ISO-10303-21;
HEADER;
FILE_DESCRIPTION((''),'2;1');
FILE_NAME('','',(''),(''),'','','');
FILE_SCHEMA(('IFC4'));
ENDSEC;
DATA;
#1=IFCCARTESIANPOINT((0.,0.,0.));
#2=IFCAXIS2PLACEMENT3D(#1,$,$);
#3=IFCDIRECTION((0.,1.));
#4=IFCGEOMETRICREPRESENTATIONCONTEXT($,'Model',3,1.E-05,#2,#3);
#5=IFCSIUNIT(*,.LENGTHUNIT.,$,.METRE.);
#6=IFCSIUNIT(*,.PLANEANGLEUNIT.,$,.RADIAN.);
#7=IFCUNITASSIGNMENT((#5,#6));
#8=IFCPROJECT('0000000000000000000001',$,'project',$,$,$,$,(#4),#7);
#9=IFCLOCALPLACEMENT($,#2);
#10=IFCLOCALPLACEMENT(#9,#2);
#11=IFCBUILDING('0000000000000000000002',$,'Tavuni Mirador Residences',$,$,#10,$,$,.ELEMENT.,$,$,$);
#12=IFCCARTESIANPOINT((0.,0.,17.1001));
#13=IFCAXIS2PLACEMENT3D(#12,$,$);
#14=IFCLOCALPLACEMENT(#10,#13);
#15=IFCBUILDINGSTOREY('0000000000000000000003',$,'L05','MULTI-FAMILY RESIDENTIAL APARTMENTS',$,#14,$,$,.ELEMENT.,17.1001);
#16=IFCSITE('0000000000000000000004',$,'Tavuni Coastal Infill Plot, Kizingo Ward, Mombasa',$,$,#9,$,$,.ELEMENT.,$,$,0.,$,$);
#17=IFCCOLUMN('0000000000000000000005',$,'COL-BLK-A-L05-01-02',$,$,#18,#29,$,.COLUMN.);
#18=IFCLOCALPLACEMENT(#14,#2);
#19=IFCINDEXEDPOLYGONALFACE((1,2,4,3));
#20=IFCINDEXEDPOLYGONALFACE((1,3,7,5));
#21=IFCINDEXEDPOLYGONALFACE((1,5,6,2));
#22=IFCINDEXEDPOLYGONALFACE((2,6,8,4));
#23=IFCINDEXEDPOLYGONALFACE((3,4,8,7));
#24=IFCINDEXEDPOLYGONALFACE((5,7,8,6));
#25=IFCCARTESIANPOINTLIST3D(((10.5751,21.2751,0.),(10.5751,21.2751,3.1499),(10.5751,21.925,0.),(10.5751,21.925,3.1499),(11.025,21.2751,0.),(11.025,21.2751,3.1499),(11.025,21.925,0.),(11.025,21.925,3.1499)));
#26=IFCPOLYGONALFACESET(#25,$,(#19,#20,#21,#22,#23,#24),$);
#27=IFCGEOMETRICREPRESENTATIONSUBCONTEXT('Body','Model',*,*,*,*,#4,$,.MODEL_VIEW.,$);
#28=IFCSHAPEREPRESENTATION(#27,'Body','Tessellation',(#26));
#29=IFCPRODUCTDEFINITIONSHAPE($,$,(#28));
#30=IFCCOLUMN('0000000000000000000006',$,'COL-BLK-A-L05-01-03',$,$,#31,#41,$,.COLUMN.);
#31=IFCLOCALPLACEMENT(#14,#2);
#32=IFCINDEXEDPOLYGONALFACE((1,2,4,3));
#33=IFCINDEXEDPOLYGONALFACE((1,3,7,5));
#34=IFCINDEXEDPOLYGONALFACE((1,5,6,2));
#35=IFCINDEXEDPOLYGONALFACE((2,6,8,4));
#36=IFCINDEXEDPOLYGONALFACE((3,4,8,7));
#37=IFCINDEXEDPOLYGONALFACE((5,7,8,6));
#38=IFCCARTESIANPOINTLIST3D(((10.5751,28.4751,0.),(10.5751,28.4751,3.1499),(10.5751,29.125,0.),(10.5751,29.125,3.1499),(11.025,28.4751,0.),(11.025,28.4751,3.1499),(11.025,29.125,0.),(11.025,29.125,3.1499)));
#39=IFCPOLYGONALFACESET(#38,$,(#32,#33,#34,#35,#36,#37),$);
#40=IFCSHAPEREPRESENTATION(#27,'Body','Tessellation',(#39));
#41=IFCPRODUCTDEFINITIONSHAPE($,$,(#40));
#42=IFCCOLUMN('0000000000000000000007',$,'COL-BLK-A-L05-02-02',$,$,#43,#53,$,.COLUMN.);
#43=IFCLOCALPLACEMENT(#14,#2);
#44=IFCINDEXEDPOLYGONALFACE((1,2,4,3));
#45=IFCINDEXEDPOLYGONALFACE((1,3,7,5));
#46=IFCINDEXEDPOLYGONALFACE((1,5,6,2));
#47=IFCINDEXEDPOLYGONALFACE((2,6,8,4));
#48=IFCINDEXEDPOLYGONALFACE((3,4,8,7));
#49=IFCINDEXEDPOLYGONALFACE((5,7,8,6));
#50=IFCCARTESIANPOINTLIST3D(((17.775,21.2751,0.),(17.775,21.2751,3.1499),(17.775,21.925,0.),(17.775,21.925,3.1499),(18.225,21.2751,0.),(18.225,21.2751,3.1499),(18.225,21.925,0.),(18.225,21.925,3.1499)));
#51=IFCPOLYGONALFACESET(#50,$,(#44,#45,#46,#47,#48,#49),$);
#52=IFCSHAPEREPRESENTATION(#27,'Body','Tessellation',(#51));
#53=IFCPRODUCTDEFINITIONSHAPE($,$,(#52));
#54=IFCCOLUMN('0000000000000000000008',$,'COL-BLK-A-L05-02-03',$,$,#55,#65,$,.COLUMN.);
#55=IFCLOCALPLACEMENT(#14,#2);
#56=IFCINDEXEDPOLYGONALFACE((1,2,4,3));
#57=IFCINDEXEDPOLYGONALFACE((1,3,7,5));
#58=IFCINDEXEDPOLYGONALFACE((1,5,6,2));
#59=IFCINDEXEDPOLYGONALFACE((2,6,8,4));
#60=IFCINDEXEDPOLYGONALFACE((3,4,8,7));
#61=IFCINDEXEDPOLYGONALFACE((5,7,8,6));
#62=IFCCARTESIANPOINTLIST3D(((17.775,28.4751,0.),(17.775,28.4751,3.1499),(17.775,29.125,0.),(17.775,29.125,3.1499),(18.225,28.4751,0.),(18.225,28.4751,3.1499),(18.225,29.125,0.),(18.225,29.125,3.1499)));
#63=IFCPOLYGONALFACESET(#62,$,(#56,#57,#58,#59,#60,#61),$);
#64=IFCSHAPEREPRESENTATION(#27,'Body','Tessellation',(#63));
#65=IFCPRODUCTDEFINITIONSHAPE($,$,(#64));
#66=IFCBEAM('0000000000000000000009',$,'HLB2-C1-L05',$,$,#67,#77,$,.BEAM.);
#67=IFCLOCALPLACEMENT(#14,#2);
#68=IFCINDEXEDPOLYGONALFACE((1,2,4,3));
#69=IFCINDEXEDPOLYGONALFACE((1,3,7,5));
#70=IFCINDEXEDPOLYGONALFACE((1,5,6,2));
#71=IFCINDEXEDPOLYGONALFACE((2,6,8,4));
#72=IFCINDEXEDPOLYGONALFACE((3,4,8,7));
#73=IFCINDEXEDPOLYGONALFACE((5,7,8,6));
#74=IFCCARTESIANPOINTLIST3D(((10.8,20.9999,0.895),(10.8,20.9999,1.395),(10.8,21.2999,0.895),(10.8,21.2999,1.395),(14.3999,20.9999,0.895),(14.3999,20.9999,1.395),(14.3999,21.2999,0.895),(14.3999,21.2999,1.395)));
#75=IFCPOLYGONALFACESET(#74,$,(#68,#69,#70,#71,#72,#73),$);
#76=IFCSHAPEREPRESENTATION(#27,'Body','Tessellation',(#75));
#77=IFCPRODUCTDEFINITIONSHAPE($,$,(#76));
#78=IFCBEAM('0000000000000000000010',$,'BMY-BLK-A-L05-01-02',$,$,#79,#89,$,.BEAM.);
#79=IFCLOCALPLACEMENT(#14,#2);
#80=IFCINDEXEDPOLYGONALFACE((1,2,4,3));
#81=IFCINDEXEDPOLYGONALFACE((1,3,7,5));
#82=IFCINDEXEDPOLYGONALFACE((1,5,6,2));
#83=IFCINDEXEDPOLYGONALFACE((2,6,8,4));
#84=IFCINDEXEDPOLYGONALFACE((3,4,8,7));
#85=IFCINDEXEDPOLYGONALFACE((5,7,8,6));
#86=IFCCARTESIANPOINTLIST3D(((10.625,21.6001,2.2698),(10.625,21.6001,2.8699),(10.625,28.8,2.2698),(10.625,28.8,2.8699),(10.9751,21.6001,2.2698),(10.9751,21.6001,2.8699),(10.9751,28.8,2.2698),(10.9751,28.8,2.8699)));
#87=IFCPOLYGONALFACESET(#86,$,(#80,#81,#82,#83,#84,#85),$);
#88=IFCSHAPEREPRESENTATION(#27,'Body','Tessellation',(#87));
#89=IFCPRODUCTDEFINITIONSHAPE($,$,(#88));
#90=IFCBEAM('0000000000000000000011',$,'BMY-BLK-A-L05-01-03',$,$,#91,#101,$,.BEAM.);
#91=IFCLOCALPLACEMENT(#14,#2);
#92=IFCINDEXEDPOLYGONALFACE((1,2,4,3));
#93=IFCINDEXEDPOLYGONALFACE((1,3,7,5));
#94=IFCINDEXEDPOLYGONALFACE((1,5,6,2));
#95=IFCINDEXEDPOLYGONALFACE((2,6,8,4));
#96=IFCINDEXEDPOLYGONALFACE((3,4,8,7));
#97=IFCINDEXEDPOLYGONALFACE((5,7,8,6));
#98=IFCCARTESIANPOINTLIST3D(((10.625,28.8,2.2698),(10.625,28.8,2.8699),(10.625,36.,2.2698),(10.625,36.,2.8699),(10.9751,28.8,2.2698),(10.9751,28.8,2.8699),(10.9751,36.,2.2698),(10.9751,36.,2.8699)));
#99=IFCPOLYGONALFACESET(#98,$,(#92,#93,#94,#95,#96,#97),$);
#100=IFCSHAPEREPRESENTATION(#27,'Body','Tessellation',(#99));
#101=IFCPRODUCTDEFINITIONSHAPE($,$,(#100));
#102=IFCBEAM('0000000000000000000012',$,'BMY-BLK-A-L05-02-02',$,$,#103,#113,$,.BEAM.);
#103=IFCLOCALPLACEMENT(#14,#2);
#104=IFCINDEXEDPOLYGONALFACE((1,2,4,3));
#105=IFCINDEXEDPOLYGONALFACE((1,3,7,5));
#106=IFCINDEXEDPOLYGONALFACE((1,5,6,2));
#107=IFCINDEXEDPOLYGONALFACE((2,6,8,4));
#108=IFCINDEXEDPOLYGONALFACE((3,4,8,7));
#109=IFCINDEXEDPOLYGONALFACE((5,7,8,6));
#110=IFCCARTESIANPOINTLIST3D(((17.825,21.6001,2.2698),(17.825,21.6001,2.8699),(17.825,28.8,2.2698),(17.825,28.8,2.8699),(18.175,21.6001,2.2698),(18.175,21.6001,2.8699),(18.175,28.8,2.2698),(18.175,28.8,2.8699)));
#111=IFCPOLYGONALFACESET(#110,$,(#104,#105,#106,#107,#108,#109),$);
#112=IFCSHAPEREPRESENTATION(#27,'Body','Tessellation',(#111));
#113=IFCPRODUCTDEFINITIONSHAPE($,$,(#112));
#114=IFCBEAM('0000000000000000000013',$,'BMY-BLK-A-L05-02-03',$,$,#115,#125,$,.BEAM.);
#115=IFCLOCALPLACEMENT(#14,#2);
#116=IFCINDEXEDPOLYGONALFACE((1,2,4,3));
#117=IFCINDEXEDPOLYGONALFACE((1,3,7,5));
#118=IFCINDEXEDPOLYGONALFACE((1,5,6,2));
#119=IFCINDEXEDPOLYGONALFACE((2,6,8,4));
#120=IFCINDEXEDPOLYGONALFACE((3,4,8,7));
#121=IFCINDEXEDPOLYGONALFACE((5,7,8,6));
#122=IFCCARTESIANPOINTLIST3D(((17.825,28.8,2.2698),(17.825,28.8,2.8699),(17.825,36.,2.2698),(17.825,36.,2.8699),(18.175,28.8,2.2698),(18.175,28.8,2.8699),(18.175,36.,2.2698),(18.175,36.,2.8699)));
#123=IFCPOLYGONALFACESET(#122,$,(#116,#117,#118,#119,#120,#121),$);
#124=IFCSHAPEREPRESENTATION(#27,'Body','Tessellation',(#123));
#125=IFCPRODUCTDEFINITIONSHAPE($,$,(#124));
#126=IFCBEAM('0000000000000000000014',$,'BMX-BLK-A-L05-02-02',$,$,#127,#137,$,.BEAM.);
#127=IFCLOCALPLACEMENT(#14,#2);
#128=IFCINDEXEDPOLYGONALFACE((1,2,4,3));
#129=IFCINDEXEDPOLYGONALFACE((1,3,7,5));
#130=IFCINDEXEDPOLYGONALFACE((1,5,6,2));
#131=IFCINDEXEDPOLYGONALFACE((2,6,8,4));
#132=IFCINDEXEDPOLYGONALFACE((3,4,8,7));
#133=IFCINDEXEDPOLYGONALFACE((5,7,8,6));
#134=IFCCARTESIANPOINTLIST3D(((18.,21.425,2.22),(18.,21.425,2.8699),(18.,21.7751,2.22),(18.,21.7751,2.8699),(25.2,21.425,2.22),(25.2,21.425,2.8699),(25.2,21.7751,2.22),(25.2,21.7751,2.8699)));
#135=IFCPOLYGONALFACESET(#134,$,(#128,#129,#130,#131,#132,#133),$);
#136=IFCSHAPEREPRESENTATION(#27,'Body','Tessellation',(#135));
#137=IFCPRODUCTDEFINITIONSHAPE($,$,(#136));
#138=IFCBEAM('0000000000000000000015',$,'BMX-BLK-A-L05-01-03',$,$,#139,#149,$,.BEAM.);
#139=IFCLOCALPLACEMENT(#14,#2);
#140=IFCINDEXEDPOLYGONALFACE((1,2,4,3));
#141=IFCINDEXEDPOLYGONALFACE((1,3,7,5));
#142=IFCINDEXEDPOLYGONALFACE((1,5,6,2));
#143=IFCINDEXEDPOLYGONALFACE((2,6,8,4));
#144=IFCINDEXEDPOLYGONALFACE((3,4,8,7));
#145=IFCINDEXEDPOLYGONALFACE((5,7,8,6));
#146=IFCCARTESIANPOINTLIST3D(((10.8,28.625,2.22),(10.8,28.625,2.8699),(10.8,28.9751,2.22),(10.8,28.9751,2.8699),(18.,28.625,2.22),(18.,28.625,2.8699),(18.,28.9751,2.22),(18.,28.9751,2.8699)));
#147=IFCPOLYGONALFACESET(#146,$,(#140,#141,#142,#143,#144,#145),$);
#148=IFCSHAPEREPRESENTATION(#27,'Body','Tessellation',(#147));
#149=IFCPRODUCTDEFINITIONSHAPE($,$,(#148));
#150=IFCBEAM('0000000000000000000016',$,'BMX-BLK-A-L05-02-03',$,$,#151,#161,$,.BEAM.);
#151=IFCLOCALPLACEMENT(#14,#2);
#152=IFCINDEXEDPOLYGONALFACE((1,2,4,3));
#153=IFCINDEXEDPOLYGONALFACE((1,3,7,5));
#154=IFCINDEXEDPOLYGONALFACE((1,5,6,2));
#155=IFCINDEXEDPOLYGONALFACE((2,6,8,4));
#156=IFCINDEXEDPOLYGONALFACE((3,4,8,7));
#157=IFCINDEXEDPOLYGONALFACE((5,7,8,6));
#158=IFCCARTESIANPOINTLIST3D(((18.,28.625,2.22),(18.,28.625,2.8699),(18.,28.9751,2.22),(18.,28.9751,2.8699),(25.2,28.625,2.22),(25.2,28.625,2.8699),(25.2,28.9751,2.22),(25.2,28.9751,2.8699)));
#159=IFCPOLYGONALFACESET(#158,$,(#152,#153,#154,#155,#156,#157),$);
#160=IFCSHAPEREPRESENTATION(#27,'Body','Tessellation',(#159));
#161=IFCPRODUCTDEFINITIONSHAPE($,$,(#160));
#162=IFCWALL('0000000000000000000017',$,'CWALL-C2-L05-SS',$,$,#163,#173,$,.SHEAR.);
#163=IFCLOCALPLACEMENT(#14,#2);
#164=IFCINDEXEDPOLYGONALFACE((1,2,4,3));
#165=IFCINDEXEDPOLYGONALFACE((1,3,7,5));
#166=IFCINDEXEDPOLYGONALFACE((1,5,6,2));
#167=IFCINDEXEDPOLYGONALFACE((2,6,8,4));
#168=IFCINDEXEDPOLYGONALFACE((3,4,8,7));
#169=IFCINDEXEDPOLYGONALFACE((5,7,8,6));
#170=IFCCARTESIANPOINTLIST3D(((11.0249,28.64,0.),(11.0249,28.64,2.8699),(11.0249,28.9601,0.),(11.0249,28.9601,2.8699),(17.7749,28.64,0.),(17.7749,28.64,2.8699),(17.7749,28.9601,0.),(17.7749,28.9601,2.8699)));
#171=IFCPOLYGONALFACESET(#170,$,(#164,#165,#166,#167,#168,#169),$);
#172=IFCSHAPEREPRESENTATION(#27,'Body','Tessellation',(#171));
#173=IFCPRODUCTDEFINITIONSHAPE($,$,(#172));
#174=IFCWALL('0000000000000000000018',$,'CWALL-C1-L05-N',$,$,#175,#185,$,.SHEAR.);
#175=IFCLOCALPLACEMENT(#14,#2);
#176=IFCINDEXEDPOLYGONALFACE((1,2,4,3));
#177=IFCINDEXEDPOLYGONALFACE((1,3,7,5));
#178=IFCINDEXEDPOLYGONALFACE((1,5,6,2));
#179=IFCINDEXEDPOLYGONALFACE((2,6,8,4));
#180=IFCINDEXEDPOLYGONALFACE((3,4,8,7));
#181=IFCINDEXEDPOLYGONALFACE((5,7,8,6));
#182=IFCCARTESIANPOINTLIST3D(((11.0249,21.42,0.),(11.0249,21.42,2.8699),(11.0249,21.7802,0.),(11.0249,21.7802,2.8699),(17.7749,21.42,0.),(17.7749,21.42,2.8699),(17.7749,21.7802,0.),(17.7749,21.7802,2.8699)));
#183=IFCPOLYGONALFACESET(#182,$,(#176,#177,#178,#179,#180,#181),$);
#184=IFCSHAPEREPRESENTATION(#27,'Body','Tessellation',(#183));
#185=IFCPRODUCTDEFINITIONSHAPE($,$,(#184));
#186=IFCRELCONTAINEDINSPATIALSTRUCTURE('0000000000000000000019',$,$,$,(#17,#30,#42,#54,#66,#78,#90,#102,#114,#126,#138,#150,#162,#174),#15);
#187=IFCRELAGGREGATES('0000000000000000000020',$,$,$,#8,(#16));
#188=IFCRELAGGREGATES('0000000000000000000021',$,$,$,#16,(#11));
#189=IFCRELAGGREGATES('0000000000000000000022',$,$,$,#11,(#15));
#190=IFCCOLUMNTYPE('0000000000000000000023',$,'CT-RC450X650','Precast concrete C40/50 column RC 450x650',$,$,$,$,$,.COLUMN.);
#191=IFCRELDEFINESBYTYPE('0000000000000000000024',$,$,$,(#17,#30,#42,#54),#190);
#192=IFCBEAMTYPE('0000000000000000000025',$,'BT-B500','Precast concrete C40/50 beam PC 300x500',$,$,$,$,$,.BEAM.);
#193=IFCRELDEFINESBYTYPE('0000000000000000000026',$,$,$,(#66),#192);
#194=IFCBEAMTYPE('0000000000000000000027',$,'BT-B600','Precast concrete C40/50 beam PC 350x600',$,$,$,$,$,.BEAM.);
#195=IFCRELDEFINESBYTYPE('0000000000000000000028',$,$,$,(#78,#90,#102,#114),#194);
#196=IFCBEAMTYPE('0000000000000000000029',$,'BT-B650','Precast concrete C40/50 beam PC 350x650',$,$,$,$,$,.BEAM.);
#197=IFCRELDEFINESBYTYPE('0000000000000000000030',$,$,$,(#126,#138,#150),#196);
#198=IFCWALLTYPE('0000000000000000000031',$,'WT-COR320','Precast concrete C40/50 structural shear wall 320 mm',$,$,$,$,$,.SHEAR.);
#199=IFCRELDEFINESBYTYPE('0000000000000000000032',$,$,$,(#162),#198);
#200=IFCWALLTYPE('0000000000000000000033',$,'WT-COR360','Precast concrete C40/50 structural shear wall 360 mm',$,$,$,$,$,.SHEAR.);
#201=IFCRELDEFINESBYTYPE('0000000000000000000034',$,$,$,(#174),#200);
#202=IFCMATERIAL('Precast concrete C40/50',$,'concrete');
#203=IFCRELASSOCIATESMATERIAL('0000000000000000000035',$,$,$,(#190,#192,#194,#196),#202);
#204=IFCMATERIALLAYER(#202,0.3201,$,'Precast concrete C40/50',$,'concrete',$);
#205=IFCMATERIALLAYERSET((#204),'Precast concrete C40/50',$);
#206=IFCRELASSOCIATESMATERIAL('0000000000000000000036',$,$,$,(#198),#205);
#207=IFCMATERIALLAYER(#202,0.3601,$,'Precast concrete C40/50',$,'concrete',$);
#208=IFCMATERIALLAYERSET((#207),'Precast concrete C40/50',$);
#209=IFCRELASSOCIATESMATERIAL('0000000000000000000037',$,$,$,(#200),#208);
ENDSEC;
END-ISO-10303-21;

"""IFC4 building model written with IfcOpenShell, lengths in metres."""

from ifc_helpers import new_model, si_unit, direction, frame, frame_2d, origin, origin_2d, place, context, subcontext, project, spatial, rectangle, extrude, material, layer, layer_set, material_profile, profile_set, type_object, element, save


model = new_model("IFC4")

# Units and contexts
model_context = context("Model", 3, precision=1e-05, world=origin(), true_north=direction((0.0, 1.0)))
body_context = subcontext(model_context, "Body", "Model", "MODEL_VIEW")
ifc_project = project(units=[si_unit("LENGTHUNIT", "METRE"), si_unit("PLANEANGLEUNIT", "RADIAN")], contexts=[model_context])

# Site, building, storey
site_placement = place(None, origin())
site = spatial("IfcSite", under=ifc_project, at=site_placement, Name="Tavuni Coastal Infill Plot, Kizingo Ward, Mombasa", CompositionType="ELEMENT", RefElevation=0.0)
building_placement = place(site_placement, origin())
building = spatial("IfcBuilding", under=site, at=building_placement, Name="Tavuni Mirador Residences", CompositionType="ELEMENT")
storey_placement = place(building_placement, frame((0.0, 0.0, 17.1001)))
storey = spatial("IfcBuildingStorey", under=building, at=storey_placement, Name="L05", Description="MULTI-FAMILY RESIDENTIAL APARTMENTS", CompositionType="ELEMENT", Elevation=17.1001)

# Columns
ifc_material_1 = material(Name="Precast concrete C40/50", Category="concrete")
ifc_material_profile_1 = material_profile(ifc_material_1, rectangle(XDim=0.45, YDim=0.6499, at=origin_2d()), Name="RC 450x650", Category="concrete")
ifc_profile_set_1 = profile_set([ifc_material_profile_1], Name="Precast concrete C40/50")
column_type = type_object("IfcColumnType", Name="CT-RC450X650", Description="Precast concrete C40/50 column RC 450x650", PredefinedType="COLUMN", material=ifc_profile_set_1)
for number, where, z_axis, x_axis, name in (
    (1, (10.8, 21.6001, 0.0), (0.0, 0.0, 1.0), (1.0, 0.0, 0.0), "COL-BLK-A-L05-01-02"),
    (2, (10.8, 28.8, 0.0), (0.0, 0.0, 1.0), (1.0, 0.0, 0.0), "COL-BLK-A-L05-01-03"),
    (3, (18.0, 21.6001, 0.0), (0.0, 0.0, 1.0), (1.0, 0.0, 0.0), "COL-BLK-A-L05-02-02"),
    (4, (18.0, 28.8, 0.0), (0.0, 0.0, 1.0), (1.0, 0.0, 0.0), "COL-BLK-A-L05-02-03"),
):
    element("IfcColumn", number, at=place(storey_placement, frame(where, z_axis=z_axis, x_axis=x_axis)), inside=storey, type_object=column_type, Name=name, PredefinedType="COLUMN", context=body_context, shape_type="SweptSolid", body=[
        extrude(rectangle(XDim=0.45, YDim=0.6499, at=origin_2d()), origin(), (0.0, 0.0, 1.0), 3.1499),
    ])

# Beams
ifc_material_profile_2 = material_profile(ifc_material_1, rectangle(XDim=0.3, YDim=0.5, at=origin_2d()), Name="PC 300x500", Category="concrete")
ifc_profile_set_2 = profile_set([ifc_material_profile_2], Name="Precast concrete C40/50")
beam_type_1 = type_object("IfcBeamType", Name="BT-B500", Description="Precast concrete C40/50 beam PC 300x500", PredefinedType="BEAM", material=ifc_profile_set_2)
beam_placement = place(storey_placement, frame((10.8, 21.1499, 1.145), z_axis=(1.0, 0.0, 0.0), x_axis=(0.0, 1.0, 0.0)))
element("IfcBeam", 5, at=beam_placement, inside=storey, type_object=beam_type_1, Name="HLB2-C1-L05", PredefinedType="BEAM", context=body_context, shape_type="SweptSolid", body=[
    extrude(rectangle(XDim=0.3, YDim=0.5, at=origin_2d()), origin(), (0.0, 0.0, 1.0), 3.5999),
])
ifc_material_profile_3 = material_profile(ifc_material_1, rectangle(XDim=0.3501, YDim=0.6001, at=origin_2d()), Name="PC 350x600", Category="concrete")
ifc_profile_set_3 = profile_set([ifc_material_profile_3], Name="Precast concrete C40/50")
beam_type_2 = type_object("IfcBeamType", Name="BT-B600", Description="Precast concrete C40/50 beam PC 350x600", PredefinedType="BEAM", material=ifc_profile_set_3)
for number, where, z_axis, x_axis, name in (
    (6, (10.8, 21.6001, 2.5698), (0.0, 1.0, 0.0), (-1.0, 0.0, 0.0), "BMY-BLK-A-L05-01-02"),
    (7, (10.8, 28.8, 2.5698), (0.0, 1.0, 0.0), (-1.0, 0.0, 0.0), "BMY-BLK-A-L05-01-03"),
    (8, (18.0, 21.6001, 2.5698), (0.0, 1.0, 0.0), (-1.0, 0.0, 0.0), "BMY-BLK-A-L05-02-02"),
    (9, (18.0, 28.8, 2.5698), (0.0, 1.0, 0.0), (-1.0, 0.0, 0.0), "BMY-BLK-A-L05-02-03"),
):
    element("IfcBeam", number, at=place(storey_placement, frame(where, z_axis=z_axis, x_axis=x_axis)), inside=storey, type_object=beam_type_2, Name=name, PredefinedType="BEAM", context=body_context, shape_type="SweptSolid", body=[
        extrude(rectangle(XDim=0.3501, YDim=0.6001, at=origin_2d()), origin(), (0.0, 0.0, 1.0), 7.2),
    ])
ifc_material_profile_4 = material_profile(ifc_material_1, rectangle(XDim=0.3501, YDim=0.6499, at=origin_2d()), Name="PC 350x650", Category="concrete")
ifc_profile_set_4 = profile_set([ifc_material_profile_4], Name="Precast concrete C40/50")
beam_type_3 = type_object("IfcBeamType", Name="BT-B650", Description="Precast concrete C40/50 beam PC 350x650", PredefinedType="BEAM", material=ifc_profile_set_4)
for number, where, z_axis, x_axis, name in (
    (10, (18.0, 21.6001, 2.5449), (1.0, 0.0, 0.0), (0.0, 1.0, 0.0), "BMX-BLK-A-L05-02-02"),
    (11, (10.8, 28.8, 2.5449), (1.0, 0.0, 0.0), (0.0, 1.0, 0.0), "BMX-BLK-A-L05-01-03"),
    (12, (18.0, 28.8, 2.5449), (1.0, 0.0, 0.0), (0.0, 1.0, 0.0), "BMX-BLK-A-L05-02-03"),
):
    element("IfcBeam", number, at=place(storey_placement, frame(where, z_axis=z_axis, x_axis=x_axis)), inside=storey, type_object=beam_type_3, Name=name, PredefinedType="BEAM", context=body_context, shape_type="SweptSolid", body=[
        extrude(rectangle(XDim=0.3501, YDim=0.6499, at=origin_2d()), origin(), (0.0, 0.0, 1.0), 7.2),
    ])

# Walls
ifc_layer_1 = layer(ifc_material_1, 0.3201, Name="Precast concrete C40/50", Category="concrete")
ifc_layer_set_1 = layer_set([ifc_layer_1], Name="Precast concrete C40/50")
wall_type_1 = type_object("IfcWallType", Name="WT-COR320", Description="Precast concrete C40/50 structural shear wall 320 mm", PredefinedType="SHEAR", material=ifc_layer_set_1)
wall_1_placement = place(storey_placement, frame((11.0249, 28.8, 0.0), z_axis=(0.0, 0.0, 1.0), x_axis=(1.0, 0.0, 0.0)))
element("IfcWall", 13, at=wall_1_placement, inside=storey, type_object=wall_type_1, Name="CWALL-C2-L05-SS", PredefinedType="SHEAR", context=body_context, shape_type="SweptSolid", body=[
    extrude(rectangle(XDim=6.75, YDim=0.3201, at=frame_2d((3.375, 0.0))), origin(), (0.0, 0.0, 1.0), 2.8699),
])
ifc_layer_2 = layer(ifc_material_1, 0.3601, Name="Precast concrete C40/50", Category="concrete")
ifc_layer_set_2 = layer_set([ifc_layer_2], Name="Precast concrete C40/50")
wall_type_2 = type_object("IfcWallType", Name="WT-COR360", Description="Precast concrete C40/50 structural shear wall 360 mm", PredefinedType="SHEAR", material=ifc_layer_set_2)
wall_2_placement = place(storey_placement, frame((11.0249, 21.6001, 0.0), z_axis=(0.0, 0.0, 1.0), x_axis=(1.0, 0.0, 0.0)))
element("IfcWall", 14, at=wall_2_placement, inside=storey, type_object=wall_type_2, Name="CWALL-C1-L05-N", PredefinedType="SHEAR", context=body_context, shape_type="SweptSolid", body=[
    extrude(rectangle(XDim=6.75, YDim=0.3601, at=frame_2d((3.375, 0.0))), origin(), (0.0, 0.0, 1.0), 2.8699),
])

save(model, "model.ifc")
